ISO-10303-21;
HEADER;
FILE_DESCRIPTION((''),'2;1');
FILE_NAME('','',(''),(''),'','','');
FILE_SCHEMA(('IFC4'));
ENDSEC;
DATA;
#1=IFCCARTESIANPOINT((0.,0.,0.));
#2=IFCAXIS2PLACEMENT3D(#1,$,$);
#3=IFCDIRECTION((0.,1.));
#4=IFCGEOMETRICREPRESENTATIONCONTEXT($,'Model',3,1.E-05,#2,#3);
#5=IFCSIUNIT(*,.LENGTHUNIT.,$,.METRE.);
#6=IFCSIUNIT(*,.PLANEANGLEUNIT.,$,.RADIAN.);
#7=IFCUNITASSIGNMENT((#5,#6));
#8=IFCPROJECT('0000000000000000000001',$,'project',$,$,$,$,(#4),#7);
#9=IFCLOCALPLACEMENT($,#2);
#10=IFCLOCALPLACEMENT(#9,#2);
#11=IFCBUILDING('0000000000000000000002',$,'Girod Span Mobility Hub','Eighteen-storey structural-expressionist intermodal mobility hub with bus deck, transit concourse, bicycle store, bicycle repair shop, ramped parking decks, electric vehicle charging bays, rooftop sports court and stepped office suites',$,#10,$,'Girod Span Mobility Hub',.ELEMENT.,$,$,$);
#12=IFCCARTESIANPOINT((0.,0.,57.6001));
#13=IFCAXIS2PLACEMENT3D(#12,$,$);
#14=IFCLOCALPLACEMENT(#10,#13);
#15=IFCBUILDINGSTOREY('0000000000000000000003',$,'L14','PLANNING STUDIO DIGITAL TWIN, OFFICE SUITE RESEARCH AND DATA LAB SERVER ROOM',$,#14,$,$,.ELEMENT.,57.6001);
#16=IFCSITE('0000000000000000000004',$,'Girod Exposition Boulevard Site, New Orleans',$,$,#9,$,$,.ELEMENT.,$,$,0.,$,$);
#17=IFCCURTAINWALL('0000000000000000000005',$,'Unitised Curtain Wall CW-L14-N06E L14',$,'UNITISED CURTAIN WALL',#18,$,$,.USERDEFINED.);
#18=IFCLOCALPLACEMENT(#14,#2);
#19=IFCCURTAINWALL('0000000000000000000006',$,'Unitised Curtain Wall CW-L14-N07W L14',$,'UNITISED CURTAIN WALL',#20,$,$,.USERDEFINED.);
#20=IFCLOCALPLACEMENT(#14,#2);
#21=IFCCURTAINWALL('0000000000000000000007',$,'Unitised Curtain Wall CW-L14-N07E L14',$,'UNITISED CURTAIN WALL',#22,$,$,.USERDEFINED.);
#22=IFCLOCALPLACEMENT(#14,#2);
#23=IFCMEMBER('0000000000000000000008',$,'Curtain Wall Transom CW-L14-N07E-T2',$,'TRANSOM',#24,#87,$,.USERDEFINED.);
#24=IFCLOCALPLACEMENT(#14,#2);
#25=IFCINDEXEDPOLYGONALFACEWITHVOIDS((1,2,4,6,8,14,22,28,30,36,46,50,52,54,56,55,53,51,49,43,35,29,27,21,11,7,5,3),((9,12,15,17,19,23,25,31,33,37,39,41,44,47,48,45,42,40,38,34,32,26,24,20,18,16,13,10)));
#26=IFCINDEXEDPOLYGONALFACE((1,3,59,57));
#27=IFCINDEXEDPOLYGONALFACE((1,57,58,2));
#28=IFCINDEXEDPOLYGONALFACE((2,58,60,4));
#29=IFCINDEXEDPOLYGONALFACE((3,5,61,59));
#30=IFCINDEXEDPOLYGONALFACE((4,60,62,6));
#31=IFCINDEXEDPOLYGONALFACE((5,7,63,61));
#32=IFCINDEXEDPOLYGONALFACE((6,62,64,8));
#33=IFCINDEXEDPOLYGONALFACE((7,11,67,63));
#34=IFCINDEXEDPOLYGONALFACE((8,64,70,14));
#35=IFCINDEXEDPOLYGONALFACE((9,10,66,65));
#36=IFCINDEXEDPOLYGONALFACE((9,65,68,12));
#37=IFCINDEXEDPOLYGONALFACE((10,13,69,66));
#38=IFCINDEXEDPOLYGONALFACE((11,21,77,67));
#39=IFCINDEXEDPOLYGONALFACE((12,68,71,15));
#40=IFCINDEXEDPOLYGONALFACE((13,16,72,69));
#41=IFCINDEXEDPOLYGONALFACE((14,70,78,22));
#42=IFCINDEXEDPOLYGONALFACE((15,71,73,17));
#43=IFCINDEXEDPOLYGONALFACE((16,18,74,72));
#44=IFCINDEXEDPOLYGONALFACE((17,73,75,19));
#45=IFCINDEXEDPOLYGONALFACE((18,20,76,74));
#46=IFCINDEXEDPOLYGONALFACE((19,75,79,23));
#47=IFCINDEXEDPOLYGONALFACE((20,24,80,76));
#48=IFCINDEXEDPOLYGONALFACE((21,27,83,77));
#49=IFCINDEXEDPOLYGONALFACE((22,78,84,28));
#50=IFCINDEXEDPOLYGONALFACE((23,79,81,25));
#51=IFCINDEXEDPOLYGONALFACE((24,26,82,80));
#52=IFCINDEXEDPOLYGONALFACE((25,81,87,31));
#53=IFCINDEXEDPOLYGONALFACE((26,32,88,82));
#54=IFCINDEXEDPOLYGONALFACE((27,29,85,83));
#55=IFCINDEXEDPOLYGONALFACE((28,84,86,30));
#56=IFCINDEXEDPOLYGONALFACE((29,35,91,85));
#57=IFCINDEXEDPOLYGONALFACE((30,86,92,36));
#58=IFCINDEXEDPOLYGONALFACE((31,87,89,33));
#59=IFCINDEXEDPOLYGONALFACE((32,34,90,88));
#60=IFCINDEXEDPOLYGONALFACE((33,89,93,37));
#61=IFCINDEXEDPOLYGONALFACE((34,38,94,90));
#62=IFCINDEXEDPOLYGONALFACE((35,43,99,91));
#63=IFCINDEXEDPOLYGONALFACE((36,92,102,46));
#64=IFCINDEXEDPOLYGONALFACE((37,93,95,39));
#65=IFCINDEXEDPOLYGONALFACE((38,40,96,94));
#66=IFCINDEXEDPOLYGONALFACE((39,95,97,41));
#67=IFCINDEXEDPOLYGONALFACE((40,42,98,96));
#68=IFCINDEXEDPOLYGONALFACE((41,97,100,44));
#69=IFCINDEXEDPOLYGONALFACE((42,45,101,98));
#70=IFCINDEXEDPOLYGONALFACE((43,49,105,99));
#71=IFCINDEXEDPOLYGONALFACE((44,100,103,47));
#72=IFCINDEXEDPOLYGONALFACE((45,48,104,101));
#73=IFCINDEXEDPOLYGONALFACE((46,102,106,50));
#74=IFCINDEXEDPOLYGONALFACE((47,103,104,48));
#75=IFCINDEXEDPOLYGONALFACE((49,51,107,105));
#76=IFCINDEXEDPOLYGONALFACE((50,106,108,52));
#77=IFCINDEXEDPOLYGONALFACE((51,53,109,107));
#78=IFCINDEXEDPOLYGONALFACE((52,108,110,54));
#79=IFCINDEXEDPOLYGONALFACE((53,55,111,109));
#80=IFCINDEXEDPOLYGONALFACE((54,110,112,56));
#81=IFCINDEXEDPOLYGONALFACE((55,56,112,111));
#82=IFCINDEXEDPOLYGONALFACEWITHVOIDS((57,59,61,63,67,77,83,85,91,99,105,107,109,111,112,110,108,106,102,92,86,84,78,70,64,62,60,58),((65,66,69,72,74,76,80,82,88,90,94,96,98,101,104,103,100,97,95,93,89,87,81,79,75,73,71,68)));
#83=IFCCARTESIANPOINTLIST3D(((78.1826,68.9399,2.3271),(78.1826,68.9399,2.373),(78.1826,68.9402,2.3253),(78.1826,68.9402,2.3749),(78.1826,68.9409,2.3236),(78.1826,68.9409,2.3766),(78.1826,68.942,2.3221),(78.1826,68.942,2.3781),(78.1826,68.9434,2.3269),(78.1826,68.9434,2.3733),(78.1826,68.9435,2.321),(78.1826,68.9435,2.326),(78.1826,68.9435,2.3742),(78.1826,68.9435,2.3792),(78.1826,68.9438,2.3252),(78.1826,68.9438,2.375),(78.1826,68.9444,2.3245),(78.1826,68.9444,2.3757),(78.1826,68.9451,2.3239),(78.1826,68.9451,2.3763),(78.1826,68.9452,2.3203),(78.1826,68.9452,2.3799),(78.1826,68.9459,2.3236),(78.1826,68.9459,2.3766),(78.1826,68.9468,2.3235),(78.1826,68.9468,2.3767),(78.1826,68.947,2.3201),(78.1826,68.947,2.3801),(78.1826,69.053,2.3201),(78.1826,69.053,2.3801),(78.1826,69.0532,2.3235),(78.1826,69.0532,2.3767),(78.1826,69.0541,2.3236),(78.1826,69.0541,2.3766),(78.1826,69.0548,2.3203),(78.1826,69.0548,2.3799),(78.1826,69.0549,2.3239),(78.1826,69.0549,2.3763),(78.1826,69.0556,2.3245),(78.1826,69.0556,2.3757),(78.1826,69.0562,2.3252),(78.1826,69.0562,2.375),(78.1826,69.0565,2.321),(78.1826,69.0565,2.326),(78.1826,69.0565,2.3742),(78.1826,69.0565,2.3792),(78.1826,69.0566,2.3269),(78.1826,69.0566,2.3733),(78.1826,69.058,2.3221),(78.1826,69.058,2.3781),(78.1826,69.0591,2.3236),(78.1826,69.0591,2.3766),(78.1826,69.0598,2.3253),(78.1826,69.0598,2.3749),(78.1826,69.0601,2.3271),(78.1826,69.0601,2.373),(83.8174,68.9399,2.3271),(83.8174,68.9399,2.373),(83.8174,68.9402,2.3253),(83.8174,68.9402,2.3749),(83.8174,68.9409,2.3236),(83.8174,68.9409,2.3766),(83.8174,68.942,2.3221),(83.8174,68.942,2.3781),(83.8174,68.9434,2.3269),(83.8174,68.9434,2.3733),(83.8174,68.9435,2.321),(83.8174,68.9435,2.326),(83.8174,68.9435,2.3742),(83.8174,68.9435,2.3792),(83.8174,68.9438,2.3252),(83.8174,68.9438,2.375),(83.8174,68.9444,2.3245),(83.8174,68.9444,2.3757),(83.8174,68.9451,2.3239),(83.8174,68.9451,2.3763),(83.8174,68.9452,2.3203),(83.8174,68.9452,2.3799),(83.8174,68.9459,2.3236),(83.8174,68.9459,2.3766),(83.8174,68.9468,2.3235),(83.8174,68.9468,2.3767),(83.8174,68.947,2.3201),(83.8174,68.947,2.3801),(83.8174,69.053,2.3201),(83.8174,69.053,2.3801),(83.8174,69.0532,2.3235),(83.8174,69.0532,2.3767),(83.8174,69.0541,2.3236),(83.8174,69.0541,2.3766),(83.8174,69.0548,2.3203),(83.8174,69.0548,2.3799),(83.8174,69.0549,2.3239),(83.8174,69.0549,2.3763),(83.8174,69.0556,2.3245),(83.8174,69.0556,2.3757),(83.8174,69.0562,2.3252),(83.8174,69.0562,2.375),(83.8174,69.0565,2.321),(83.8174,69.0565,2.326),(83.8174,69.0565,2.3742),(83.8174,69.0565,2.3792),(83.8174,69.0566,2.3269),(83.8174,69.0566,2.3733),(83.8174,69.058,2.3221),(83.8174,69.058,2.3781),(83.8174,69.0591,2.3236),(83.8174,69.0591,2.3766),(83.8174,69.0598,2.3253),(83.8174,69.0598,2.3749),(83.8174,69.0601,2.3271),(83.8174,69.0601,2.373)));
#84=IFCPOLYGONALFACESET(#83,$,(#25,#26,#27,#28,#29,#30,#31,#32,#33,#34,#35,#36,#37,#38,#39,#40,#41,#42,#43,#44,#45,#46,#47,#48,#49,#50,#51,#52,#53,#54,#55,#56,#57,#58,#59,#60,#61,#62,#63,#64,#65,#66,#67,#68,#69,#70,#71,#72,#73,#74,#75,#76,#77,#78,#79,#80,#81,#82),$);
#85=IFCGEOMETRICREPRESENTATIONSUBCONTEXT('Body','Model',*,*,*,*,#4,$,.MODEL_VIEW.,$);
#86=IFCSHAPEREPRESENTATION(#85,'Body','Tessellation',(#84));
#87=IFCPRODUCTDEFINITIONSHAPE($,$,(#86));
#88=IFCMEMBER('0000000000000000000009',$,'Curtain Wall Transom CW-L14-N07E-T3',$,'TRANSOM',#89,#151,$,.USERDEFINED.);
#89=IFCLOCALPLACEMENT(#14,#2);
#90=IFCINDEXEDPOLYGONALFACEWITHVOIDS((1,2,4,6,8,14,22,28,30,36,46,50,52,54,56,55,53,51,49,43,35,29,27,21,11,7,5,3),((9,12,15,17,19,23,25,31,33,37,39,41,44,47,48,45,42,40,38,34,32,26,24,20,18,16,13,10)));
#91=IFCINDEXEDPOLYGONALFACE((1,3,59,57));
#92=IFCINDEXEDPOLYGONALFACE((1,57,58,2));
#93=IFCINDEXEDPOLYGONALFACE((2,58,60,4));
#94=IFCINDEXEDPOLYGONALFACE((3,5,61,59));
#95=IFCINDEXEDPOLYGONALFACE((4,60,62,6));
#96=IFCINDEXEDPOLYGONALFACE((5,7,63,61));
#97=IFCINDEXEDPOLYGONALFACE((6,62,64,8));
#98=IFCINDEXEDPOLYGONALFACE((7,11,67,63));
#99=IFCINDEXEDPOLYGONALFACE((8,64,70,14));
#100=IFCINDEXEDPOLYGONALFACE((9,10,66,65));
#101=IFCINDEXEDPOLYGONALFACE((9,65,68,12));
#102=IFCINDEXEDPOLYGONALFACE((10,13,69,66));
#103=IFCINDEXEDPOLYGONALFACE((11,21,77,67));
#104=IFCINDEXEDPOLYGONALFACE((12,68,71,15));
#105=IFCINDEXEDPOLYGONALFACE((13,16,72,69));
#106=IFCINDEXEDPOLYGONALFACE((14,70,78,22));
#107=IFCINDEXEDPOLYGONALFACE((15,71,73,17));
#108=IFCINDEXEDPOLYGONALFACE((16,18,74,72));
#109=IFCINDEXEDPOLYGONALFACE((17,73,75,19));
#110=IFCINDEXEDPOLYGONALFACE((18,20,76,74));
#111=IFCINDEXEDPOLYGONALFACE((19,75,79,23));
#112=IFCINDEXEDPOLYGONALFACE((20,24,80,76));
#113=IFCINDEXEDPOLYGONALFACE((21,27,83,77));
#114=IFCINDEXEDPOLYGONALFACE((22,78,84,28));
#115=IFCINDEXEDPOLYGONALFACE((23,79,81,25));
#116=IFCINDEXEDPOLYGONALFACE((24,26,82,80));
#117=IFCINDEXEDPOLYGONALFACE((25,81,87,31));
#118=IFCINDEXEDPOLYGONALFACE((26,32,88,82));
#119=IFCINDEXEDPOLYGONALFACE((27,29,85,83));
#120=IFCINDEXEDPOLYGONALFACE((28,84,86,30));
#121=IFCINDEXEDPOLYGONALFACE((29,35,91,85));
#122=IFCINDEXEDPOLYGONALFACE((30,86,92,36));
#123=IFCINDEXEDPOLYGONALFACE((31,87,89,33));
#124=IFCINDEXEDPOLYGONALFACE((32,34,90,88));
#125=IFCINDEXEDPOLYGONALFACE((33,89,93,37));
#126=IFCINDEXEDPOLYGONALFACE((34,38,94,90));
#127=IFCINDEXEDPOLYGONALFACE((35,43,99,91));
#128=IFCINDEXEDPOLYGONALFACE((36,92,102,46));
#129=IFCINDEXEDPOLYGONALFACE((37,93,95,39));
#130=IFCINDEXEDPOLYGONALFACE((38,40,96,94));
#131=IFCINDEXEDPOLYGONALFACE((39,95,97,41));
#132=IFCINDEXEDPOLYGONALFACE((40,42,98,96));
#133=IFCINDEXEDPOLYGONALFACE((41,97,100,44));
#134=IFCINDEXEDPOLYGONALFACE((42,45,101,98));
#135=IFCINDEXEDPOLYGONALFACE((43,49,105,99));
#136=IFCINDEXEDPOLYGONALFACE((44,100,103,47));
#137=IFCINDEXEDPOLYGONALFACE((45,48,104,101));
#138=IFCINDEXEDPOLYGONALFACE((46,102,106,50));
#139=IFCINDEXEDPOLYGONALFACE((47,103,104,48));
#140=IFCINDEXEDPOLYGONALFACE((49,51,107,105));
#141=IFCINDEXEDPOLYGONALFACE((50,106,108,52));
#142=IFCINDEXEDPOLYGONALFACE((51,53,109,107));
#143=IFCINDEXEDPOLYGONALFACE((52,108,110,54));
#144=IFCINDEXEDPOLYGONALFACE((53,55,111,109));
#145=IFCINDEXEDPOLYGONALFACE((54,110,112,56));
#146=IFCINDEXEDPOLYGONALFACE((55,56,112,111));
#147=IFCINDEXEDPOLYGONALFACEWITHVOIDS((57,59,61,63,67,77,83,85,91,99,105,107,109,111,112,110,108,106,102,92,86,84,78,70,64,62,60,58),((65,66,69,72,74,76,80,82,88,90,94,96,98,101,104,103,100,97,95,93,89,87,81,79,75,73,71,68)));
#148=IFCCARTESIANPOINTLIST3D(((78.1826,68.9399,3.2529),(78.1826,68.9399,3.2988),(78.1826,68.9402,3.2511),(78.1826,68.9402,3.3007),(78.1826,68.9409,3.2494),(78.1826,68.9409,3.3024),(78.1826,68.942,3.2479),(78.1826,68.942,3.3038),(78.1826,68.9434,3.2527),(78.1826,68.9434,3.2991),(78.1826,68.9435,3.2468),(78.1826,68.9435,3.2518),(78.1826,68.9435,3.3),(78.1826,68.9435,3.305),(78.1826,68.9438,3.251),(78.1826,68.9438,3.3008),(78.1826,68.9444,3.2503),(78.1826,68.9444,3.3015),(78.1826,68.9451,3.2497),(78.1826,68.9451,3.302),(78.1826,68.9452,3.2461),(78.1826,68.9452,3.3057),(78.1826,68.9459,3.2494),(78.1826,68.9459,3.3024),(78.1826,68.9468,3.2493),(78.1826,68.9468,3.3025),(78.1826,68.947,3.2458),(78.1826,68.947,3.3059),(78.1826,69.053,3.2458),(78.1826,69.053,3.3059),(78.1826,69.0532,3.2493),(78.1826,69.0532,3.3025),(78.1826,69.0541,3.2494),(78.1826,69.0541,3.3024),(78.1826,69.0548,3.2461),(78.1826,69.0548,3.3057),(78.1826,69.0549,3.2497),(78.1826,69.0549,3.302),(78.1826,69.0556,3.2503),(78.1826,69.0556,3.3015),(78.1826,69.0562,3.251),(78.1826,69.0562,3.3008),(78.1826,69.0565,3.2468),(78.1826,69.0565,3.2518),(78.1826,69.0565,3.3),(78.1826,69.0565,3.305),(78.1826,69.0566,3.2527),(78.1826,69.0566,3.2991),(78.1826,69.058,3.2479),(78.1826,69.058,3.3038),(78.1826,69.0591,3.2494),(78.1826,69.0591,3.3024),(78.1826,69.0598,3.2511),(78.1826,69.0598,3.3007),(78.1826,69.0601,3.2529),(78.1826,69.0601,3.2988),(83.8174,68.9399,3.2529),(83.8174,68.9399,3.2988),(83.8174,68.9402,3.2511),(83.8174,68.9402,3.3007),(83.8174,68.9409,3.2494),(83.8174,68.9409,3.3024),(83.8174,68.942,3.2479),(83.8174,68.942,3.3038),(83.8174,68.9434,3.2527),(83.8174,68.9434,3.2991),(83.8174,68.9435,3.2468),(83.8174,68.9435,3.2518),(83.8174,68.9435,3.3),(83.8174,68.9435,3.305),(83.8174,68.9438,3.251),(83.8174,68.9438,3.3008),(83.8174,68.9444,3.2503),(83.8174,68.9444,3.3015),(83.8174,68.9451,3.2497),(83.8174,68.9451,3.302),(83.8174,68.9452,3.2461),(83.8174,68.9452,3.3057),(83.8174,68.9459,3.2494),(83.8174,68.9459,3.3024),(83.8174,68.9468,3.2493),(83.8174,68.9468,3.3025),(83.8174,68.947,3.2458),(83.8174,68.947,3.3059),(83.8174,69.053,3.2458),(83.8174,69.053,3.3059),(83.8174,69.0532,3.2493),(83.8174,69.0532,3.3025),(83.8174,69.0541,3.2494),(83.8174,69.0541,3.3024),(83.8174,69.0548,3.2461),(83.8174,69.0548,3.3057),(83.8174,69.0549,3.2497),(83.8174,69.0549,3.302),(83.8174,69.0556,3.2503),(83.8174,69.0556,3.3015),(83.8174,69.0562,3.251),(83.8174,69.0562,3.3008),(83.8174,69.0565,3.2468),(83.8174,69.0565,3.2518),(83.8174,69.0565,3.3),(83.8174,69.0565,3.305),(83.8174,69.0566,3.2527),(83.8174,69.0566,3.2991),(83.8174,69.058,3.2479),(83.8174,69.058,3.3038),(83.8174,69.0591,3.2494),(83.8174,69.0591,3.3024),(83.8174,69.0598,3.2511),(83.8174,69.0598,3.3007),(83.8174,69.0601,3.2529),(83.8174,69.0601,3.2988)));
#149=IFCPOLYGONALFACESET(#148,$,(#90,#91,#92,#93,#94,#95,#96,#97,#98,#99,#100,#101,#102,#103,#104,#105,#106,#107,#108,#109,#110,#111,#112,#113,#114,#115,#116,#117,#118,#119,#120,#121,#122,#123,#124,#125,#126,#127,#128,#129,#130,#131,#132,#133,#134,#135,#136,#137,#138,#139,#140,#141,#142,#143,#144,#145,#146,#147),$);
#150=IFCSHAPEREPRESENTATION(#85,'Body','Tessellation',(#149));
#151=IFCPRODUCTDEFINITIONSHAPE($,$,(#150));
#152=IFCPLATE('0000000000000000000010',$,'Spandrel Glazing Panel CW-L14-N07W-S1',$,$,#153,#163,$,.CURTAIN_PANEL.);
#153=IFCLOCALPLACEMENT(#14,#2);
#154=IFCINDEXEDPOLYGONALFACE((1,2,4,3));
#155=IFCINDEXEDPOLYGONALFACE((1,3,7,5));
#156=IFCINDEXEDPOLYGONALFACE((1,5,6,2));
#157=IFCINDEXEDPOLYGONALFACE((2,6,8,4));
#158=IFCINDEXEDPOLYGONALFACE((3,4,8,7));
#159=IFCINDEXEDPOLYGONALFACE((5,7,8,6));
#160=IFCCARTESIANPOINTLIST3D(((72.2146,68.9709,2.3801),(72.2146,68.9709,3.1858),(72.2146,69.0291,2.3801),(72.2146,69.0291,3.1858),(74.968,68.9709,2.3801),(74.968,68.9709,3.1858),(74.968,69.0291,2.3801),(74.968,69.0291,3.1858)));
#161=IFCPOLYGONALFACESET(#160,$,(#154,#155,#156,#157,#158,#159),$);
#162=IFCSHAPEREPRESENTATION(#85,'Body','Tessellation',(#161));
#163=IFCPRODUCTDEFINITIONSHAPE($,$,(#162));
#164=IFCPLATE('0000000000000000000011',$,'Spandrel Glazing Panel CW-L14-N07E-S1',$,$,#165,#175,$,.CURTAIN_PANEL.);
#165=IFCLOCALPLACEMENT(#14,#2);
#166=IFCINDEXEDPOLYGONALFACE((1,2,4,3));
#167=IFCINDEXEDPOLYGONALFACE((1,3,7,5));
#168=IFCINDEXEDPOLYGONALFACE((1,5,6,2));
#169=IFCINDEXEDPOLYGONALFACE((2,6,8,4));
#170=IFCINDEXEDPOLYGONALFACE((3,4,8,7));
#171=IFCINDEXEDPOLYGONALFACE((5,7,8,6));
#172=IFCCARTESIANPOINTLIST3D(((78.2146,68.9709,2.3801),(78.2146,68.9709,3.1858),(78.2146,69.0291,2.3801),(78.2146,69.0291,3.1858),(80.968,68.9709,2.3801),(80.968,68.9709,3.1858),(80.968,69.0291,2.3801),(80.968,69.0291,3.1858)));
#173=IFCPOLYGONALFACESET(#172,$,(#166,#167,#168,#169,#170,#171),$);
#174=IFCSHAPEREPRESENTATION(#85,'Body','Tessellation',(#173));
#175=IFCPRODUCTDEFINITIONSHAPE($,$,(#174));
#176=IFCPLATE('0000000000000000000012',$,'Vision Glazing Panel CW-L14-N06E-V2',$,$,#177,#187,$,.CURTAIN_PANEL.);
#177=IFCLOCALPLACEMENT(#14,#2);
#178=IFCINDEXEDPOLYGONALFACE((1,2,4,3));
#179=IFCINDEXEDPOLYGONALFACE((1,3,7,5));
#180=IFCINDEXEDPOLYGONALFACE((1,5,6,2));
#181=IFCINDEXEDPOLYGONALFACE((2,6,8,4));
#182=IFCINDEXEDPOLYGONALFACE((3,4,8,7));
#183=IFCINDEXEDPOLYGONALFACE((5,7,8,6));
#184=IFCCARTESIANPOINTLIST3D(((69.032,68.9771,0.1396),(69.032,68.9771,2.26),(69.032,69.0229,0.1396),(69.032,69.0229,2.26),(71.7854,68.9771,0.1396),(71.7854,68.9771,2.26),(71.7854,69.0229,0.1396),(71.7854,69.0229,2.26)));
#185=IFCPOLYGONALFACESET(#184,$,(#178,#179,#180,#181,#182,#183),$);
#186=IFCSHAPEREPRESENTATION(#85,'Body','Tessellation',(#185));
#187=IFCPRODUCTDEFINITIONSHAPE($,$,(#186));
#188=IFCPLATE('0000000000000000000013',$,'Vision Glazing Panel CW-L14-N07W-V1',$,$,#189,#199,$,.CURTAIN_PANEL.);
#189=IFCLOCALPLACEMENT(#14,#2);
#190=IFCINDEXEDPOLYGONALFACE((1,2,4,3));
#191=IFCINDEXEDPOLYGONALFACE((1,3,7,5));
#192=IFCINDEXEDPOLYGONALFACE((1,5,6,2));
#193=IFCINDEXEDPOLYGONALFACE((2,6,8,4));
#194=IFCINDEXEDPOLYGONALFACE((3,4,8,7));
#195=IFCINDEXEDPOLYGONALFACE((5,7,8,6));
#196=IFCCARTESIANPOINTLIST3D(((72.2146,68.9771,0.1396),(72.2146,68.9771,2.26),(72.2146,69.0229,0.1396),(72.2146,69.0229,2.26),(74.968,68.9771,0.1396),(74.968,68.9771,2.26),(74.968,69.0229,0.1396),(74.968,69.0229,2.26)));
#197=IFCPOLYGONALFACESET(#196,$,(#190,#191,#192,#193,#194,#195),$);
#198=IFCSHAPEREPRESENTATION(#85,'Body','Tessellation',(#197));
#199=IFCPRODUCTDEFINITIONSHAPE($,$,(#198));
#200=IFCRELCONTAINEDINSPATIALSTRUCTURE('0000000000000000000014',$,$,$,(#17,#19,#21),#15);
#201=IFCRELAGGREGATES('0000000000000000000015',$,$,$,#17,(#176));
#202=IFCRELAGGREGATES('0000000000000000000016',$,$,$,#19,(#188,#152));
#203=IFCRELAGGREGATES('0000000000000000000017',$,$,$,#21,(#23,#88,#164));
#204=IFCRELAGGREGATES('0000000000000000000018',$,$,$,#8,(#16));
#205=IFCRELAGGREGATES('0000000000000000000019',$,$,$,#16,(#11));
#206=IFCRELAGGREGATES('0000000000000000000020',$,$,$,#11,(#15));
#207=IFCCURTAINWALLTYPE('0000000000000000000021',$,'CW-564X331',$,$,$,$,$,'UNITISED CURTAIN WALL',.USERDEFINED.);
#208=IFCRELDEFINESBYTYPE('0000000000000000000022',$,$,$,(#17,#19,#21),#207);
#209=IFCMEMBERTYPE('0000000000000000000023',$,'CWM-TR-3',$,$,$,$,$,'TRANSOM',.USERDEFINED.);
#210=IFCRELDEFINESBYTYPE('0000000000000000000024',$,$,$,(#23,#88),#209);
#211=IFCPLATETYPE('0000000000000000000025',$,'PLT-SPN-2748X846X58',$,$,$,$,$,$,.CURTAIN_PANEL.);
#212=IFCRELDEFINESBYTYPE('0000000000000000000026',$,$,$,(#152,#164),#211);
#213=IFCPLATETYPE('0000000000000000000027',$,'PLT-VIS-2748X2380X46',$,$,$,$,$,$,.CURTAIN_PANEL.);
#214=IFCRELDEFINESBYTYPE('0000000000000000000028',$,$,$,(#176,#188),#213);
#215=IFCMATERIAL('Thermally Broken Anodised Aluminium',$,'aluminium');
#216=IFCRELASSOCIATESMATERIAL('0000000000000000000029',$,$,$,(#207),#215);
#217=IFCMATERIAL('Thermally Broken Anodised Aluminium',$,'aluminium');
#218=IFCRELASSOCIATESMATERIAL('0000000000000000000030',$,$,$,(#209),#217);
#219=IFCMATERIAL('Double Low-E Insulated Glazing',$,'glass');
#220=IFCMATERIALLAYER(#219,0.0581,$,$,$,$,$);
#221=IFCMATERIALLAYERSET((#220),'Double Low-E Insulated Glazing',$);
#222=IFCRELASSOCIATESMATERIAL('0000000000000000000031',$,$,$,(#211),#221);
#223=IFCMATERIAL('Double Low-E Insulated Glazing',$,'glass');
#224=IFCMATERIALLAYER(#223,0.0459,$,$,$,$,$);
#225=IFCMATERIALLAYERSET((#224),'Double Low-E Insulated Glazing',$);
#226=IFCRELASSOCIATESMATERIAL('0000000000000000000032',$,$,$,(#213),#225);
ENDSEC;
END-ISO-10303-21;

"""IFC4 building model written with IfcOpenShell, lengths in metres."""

from ifc_helpers import new_model, si_unit, direction, frame, origin, origin_2d, place, context, subcontext, project, spatial, rectangle, hollow_rectangle, extrude, material, layer, layer_set, material_profile, profile_set, type_object, element, aggregate, save


model = new_model("IFC4")

# Units and contexts
model_context = context("Model", 3, precision=1e-05, world=origin(), true_north=direction((0.0, 1.0)))
body_context = subcontext(model_context, "Body", "Model", "MODEL_VIEW")
ifc_project = project(units=[si_unit("LENGTHUNIT", "METRE"), si_unit("PLANEANGLEUNIT", "RADIAN")], contexts=[model_context])

# Site, building, storey
site_placement = place(None, origin())
site = spatial("IfcSite", under=ifc_project, at=site_placement, Name="Girod Exposition Boulevard Site, New Orleans", CompositionType="ELEMENT", RefElevation=0.0)
building_placement = place(site_placement, origin())
building = spatial("IfcBuilding", under=site, at=building_placement, Name="Girod Span Mobility Hub", Description="Eighteen-storey structural-expressionist intermodal mobility hub with bus deck, transit concourse, bicycle store, bicycle repair shop, ramped parking decks, electric vehicle charging bays, rooftop sports court and stepped office suites", LongName="Girod Span Mobility Hub", CompositionType="ELEMENT")
storey_placement = place(building_placement, frame((0.0, 0.0, 57.6001)))
storey = spatial("IfcBuildingStorey", under=building, at=storey_placement, Name="L14", Description="PLANNING STUDIO DIGITAL TWIN, OFFICE SUITE RESEARCH AND DATA LAB SERVER ROOM", CompositionType="ELEMENT", Elevation=57.6001)

# Curtain walls
ifc_material_1 = material(Name="Thermally Broken Anodised Aluminium", Category="aluminium")
curtain_wall_type = type_object("IfcCurtainWallType", Name="CW-564X331", ElementType="UNITISED CURTAIN WALL", PredefinedType="USERDEFINED", material=ifc_material_1)
curtain_wall_1_placement = place(storey_placement, origin())
curtain_wall_1 = element("IfcCurtainWall", 1, at=curtain_wall_1_placement, inside=storey, type_object=curtain_wall_type, Name="Unitised Curtain Wall CW-L14-N06E L14", ObjectType="UNITISED CURTAIN WALL", PredefinedType="USERDEFINED")
curtain_wall_2_placement = place(storey_placement, origin())
curtain_wall_2 = element("IfcCurtainWall", 2, at=curtain_wall_2_placement, inside=storey, type_object=curtain_wall_type, Name="Unitised Curtain Wall CW-L14-N07W L14", ObjectType="UNITISED CURTAIN WALL", PredefinedType="USERDEFINED")

# Curtain wall
curtain_wall_3_placement = place(storey_placement, origin())
curtain_wall_3 = element("IfcCurtainWall", 3, at=curtain_wall_3_placement, inside=storey, type_object=curtain_wall_type, Name="Unitised Curtain Wall CW-L14-N07E L14", ObjectType="UNITISED CURTAIN WALL", PredefinedType="USERDEFINED")

# Members
ifc_material_2 = material(Name="Thermally Broken Anodised Aluminium", Category="aluminium")
ifc_material_profile_1 = material_profile(ifc_material_2, hollow_rectangle(XDim=0.1201, YDim=0.0601, WallThickness=0.0034, InnerFilletRadius=0.0034, OuterFilletRadius=0.0071, at=origin_2d()), Name="CW-TR-60X120")
ifc_profile_set_1 = profile_set([ifc_material_profile_1], Name="Thermally Broken Anodised Aluminium")
member_type_1 = type_object("IfcMemberType", Name="CWM-TR-3", ElementType="TRANSOM", PredefinedType="USERDEFINED", material=ifc_profile_set_1)
member_1_placement = place(storey_placement, frame((78.1826, 69.0, 2.3501), z_axis=(1.0, 0.0, 0.0), x_axis=(0.0, 1.0, 0.0)))
member_1 = element("IfcMember", 4, at=member_1_placement, type_object=member_type_1, Name="Curtain Wall Transom CW-L14-N07E-T2", ObjectType="TRANSOM", PredefinedType="USERDEFINED", context=body_context, shape_type="SweptSolid", body=[
    extrude(hollow_rectangle(XDim=0.1201, YDim=0.0601, WallThickness=0.0034, InnerFilletRadius=0.0034, OuterFilletRadius=0.0071, at=origin_2d()), origin(), (0.0, 0.0, 1.0), 5.6348),
])
member_2_placement = place(storey_placement, frame((78.1826, 69.0, 3.2759), z_axis=(1.0, 0.0, 0.0), x_axis=(0.0, 1.0, 0.0)))
member_2 = element("IfcMember", 5, at=member_2_placement, type_object=member_type_1, Name="Curtain Wall Transom CW-L14-N07E-T3", ObjectType="TRANSOM", PredefinedType="USERDEFINED", context=body_context, shape_type="SweptSolid", body=[
    extrude(hollow_rectangle(XDim=0.1201, YDim=0.0601, WallThickness=0.0034, InnerFilletRadius=0.0034, OuterFilletRadius=0.0071, at=origin_2d()), origin(), (0.0, 0.0, 1.0), 5.6348),
])

# Plates
ifc_material_3 = material(Name="Double Low-E Insulated Glazing", Category="glass")
ifc_layer_1 = layer(ifc_material_3, 0.0581)
ifc_layer_set_1 = layer_set([ifc_layer_1], Name="Double Low-E Insulated Glazing")
plate_type_1 = type_object("IfcPlateType", Name="PLT-SPN-2748X846X58", PredefinedType="CURTAIN_PANEL", material=ifc_layer_set_1)
plate_1_placement = place(storey_placement, frame((73.5913, 69.0, 2.3801), z_axis=(0.0, 0.0, 1.0), x_axis=(1.0, 0.0, 0.0)))
plate_1 = element("IfcPlate", 6, at=plate_1_placement, type_object=plate_type_1, Name="Spandrel Glazing Panel CW-L14-N07W-S1", PredefinedType="CURTAIN_PANEL", context=body_context, shape_type="SweptSolid", body=[
    extrude(rectangle(XDim=2.7534, YDim=0.0581, at=origin_2d()), origin(), (0.0, 0.0, 1.0), 0.8057),
])
plate_2_placement = place(storey_placement, frame((79.5913, 69.0, 2.3801), z_axis=(0.0, 0.0, 1.0), x_axis=(1.0, 0.0, 0.0)))
plate_2 = element("IfcPlate", 7, at=plate_2_placement, type_object=plate_type_1, Name="Spandrel Glazing Panel CW-L14-N07E-S1", PredefinedType="CURTAIN_PANEL", context=body_context, shape_type="SweptSolid", body=[
    extrude(rectangle(XDim=2.7534, YDim=0.0581, at=origin_2d()), origin(), (0.0, 0.0, 1.0), 0.8057),
])
ifc_material_4 = material(Name="Double Low-E Insulated Glazing", Category="glass")
ifc_layer_2 = layer(ifc_material_4, 0.0459)
ifc_layer_set_2 = layer_set([ifc_layer_2], Name="Double Low-E Insulated Glazing")
plate_type_2 = type_object("IfcPlateType", Name="PLT-VIS-2748X2380X46", PredefinedType="CURTAIN_PANEL", material=ifc_layer_set_2)
plate_3_placement = place(storey_placement, frame((70.4087, 69.0, 0.1396), z_axis=(0.0, 0.0, 1.0), x_axis=(1.0, 0.0, 0.0)))
plate_3 = element("IfcPlate", 8, at=plate_3_placement, type_object=plate_type_2, Name="Vision Glazing Panel CW-L14-N06E-V2", PredefinedType="CURTAIN_PANEL", context=body_context, shape_type="SweptSolid", body=[
    extrude(rectangle(XDim=2.7534, YDim=0.0459, at=origin_2d()), origin(), (0.0, 0.0, 1.0), 2.1204),
])
aggregate(curtain_wall_1, [plate_3])
plate_4_placement = place(storey_placement, frame((73.5913, 69.0, 0.1396), z_axis=(0.0, 0.0, 1.0), x_axis=(1.0, 0.0, 0.0)))
plate_4 = element("IfcPlate", 9, at=plate_4_placement, type_object=plate_type_2, Name="Vision Glazing Panel CW-L14-N07W-V1", PredefinedType="CURTAIN_PANEL", context=body_context, shape_type="SweptSolid", body=[
    extrude(rectangle(XDim=2.7534, YDim=0.0459, at=origin_2d()), origin(), (0.0, 0.0, 1.0), 2.1204),
])
aggregate(curtain_wall_2, [plate_4, plate_1])
aggregate(curtain_wall_3, [member_1, member_2, plate_2])

save(model, "model.ifc")
